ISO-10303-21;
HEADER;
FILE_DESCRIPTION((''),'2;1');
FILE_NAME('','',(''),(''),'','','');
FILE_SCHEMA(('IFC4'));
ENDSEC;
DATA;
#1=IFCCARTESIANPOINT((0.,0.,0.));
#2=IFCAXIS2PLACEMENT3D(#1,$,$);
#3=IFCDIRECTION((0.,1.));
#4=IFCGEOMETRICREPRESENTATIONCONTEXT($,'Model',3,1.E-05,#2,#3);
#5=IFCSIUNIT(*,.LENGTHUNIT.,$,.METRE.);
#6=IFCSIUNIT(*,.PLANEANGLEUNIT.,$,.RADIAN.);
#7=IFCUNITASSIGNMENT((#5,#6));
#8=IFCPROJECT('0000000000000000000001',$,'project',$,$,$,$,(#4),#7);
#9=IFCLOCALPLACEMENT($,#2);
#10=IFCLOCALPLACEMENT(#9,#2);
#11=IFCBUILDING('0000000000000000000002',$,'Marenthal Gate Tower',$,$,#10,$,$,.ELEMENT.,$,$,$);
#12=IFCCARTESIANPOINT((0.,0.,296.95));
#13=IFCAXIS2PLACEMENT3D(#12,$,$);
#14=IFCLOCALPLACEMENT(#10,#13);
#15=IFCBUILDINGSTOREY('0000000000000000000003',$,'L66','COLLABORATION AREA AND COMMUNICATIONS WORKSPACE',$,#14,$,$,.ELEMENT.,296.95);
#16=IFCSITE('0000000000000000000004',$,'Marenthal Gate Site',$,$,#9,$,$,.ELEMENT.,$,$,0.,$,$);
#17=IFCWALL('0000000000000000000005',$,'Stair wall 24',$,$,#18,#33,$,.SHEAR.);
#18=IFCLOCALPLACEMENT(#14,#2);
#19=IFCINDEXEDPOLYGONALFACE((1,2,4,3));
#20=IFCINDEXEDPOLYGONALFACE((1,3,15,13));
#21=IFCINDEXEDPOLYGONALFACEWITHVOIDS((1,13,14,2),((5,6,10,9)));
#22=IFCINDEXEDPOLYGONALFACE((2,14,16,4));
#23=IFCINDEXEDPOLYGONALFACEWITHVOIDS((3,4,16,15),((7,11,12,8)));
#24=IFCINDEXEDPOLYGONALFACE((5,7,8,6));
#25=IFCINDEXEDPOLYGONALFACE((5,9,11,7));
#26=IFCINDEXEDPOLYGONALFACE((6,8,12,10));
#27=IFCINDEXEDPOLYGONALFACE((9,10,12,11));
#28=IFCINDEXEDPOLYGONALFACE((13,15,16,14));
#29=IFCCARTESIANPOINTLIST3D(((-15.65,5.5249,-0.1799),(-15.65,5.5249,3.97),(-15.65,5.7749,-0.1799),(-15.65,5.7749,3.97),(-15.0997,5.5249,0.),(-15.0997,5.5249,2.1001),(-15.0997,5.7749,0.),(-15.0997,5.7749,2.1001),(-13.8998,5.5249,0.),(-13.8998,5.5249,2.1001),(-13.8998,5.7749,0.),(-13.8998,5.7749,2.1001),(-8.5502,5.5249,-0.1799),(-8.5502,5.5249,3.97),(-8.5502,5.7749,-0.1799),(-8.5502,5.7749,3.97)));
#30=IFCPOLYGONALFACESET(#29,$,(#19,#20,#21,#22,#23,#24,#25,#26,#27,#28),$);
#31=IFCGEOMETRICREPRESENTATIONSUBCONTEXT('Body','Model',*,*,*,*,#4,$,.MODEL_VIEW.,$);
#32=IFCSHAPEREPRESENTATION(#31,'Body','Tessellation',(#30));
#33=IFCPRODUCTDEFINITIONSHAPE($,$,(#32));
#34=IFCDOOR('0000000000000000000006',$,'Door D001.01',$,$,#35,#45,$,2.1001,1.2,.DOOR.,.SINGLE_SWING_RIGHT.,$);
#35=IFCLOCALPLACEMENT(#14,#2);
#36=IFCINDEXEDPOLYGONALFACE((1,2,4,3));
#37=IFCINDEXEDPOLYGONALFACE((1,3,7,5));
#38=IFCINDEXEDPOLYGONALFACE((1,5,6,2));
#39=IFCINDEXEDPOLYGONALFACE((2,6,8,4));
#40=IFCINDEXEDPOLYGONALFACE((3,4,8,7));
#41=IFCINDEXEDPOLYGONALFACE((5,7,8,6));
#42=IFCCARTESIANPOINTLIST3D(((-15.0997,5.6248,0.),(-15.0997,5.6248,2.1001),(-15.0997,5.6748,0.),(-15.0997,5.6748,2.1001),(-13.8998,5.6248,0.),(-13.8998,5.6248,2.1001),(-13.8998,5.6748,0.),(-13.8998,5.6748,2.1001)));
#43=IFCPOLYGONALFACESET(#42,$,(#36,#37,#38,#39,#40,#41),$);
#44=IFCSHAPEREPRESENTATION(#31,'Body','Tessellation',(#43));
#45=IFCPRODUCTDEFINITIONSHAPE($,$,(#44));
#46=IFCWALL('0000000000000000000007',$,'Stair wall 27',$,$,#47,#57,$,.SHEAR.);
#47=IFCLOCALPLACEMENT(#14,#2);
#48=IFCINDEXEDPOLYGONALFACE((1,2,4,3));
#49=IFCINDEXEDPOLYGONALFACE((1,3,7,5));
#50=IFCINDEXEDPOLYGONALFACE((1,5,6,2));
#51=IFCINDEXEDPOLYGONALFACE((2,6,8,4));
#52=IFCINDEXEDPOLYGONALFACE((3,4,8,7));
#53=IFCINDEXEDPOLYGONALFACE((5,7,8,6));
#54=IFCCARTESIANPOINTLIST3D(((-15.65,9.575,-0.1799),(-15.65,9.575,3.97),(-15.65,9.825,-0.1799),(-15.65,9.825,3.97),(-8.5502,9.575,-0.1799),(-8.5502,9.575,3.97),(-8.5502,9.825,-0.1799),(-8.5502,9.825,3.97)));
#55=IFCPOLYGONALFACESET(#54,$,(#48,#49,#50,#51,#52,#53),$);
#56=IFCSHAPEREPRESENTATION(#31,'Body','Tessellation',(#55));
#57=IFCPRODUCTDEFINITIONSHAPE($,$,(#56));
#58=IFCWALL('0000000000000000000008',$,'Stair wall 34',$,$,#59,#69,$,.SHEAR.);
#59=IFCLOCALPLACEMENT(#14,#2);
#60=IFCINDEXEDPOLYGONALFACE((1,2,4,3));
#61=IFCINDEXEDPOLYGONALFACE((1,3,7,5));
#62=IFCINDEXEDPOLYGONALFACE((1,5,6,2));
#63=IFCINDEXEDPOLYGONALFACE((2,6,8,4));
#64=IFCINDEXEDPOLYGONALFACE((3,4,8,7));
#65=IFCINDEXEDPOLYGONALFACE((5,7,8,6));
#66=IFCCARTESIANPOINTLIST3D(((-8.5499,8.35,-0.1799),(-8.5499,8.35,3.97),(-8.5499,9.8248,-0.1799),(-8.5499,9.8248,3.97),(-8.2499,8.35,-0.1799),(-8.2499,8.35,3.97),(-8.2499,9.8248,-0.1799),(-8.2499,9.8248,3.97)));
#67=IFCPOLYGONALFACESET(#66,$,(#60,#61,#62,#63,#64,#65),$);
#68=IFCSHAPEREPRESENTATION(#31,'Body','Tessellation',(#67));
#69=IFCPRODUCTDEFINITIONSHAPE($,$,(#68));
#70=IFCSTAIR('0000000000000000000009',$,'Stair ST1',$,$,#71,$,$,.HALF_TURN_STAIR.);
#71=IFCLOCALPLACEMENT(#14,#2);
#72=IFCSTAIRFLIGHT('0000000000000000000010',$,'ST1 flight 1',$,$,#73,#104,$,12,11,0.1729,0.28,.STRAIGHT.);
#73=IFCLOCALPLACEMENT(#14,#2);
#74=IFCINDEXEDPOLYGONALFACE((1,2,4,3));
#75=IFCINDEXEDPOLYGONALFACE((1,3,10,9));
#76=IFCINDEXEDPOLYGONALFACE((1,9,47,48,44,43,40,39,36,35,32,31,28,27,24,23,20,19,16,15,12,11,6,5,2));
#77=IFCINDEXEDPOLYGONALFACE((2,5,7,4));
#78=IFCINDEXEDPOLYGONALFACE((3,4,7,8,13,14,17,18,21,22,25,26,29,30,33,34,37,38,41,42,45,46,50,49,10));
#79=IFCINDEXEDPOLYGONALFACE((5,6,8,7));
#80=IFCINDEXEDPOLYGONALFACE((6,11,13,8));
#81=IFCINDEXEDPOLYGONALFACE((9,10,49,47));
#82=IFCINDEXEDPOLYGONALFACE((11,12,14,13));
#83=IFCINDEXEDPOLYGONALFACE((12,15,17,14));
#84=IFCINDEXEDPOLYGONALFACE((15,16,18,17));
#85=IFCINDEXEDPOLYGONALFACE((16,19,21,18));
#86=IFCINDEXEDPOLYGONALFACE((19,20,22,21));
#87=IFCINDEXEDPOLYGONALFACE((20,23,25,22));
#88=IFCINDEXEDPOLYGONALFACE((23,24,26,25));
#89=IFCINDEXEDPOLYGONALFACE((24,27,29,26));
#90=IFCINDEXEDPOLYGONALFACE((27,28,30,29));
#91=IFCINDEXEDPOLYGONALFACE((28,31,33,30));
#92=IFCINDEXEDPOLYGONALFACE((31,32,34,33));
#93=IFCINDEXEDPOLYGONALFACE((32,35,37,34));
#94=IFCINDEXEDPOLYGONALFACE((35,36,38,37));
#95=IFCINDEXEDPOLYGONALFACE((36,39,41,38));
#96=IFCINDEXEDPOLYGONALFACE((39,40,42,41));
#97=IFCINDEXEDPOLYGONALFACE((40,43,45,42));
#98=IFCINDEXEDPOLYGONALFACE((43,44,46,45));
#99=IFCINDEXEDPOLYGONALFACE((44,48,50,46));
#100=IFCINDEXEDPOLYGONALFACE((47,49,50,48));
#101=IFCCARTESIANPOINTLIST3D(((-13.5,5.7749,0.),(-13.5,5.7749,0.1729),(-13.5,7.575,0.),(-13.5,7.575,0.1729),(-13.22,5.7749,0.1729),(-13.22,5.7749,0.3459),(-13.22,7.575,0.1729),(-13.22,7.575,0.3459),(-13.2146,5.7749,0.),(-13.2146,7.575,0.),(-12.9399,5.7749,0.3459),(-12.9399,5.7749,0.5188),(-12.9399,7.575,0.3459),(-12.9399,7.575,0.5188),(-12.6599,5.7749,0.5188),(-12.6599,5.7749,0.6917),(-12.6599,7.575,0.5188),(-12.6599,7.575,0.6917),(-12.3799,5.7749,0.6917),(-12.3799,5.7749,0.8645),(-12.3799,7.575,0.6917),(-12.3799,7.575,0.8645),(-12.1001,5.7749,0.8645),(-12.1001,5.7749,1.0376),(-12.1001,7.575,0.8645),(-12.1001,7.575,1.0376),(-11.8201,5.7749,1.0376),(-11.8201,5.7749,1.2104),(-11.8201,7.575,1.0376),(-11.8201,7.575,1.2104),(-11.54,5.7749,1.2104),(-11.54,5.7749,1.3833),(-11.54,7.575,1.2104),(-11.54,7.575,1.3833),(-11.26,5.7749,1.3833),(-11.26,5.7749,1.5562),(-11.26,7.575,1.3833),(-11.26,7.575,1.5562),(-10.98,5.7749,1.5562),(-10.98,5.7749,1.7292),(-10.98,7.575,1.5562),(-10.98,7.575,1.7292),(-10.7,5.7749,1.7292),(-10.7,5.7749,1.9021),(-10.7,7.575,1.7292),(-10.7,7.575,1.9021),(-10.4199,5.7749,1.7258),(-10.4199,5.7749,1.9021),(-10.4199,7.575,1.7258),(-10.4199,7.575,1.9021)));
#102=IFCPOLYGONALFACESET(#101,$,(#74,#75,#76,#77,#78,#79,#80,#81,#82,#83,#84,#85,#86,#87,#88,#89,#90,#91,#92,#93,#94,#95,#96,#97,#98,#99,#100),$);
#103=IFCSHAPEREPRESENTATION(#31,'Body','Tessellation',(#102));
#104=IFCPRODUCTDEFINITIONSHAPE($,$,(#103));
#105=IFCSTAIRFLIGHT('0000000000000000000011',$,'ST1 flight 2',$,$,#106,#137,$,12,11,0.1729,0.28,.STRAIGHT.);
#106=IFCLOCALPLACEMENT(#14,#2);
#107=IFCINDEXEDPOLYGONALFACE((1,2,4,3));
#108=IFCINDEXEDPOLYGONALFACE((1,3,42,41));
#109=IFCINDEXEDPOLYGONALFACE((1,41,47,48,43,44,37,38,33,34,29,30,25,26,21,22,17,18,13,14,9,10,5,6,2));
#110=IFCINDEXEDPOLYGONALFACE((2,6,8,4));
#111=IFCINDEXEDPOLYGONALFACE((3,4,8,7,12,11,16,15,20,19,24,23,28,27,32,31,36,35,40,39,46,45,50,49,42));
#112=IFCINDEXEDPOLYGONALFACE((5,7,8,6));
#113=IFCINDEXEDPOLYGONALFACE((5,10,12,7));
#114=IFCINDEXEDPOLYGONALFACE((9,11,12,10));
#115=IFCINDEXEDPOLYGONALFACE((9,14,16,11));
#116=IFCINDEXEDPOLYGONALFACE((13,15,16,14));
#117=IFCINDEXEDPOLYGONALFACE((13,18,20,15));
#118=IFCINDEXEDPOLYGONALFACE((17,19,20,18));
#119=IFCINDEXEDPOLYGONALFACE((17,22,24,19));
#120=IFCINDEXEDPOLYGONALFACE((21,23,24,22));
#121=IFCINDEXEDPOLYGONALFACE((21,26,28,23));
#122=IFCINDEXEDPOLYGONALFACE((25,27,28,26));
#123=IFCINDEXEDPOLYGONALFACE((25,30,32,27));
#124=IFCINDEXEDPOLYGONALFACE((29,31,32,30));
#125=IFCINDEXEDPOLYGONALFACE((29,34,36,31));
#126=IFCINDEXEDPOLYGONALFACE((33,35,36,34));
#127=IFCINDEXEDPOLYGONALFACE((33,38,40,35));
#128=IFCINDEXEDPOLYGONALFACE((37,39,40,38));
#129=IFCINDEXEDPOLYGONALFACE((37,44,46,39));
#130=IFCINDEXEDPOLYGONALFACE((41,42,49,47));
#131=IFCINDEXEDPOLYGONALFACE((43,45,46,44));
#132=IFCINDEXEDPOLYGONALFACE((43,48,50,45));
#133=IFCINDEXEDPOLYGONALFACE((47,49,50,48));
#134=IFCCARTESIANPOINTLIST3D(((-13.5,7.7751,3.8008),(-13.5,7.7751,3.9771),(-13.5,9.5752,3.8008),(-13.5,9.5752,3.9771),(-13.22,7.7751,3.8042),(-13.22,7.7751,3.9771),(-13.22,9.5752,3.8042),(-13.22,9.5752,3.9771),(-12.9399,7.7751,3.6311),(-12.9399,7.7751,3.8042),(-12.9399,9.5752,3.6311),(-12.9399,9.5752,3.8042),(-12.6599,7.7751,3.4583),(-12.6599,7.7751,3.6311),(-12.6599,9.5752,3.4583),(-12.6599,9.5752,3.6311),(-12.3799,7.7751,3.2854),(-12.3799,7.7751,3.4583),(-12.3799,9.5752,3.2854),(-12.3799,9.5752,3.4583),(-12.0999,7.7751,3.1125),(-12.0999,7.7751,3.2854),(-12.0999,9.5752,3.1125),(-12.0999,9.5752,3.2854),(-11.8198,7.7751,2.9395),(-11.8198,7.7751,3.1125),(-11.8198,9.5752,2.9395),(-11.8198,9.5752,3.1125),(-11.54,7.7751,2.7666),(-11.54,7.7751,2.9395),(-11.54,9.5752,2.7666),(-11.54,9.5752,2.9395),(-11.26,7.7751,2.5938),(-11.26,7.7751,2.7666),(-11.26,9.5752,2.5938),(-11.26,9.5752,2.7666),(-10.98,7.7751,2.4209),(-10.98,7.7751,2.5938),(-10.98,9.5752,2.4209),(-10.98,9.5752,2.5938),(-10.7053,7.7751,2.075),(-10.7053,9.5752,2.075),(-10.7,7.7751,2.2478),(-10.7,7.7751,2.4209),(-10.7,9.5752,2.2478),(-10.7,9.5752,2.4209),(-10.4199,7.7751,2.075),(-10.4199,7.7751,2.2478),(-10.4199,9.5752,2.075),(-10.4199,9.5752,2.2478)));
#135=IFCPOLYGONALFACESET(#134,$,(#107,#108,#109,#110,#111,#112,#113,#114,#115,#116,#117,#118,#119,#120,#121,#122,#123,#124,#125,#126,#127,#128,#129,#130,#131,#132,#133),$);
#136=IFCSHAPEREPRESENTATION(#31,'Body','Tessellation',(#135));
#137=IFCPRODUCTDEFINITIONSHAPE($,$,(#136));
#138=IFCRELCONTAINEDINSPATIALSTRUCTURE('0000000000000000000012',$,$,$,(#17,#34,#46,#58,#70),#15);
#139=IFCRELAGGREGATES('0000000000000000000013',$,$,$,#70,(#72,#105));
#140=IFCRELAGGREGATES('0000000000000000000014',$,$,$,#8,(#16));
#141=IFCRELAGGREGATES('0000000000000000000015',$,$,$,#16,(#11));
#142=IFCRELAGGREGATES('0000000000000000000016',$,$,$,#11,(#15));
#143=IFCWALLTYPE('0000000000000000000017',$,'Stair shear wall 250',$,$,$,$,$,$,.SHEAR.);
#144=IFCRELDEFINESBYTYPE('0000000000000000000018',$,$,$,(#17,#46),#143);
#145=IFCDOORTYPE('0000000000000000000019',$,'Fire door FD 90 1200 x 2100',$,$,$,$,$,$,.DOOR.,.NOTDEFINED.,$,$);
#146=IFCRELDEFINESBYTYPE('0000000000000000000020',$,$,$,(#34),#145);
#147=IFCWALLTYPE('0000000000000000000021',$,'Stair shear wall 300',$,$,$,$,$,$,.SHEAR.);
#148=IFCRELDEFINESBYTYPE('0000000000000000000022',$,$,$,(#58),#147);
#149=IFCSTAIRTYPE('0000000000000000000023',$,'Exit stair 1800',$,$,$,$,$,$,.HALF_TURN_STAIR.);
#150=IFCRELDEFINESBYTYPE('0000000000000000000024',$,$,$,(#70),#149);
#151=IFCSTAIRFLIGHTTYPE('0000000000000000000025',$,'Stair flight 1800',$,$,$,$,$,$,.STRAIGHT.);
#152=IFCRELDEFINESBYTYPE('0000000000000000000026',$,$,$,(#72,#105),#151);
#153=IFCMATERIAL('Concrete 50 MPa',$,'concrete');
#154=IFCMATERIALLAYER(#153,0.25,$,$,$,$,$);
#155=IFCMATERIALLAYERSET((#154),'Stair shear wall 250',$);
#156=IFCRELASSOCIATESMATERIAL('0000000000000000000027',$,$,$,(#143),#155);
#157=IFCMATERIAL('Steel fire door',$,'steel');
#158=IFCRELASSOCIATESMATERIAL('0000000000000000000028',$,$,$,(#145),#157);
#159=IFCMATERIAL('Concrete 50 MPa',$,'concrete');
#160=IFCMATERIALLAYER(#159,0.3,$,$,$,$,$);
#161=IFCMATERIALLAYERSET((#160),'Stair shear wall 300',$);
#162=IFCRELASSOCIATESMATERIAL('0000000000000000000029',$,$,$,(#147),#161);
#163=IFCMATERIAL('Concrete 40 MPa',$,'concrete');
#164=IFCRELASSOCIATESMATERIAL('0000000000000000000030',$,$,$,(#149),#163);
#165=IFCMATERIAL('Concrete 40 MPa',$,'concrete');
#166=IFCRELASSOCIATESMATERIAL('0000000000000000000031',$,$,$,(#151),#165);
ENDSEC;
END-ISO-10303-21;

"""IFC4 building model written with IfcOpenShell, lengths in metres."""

from ifc_helpers import new_model, si_unit, direction, frame, frame_2d, origin, place, context, subcontext, project, spatial, polyline, rectangle, outline, extrude, material, layer, layer_set, type_object, element, fill, aggregate, save


model = new_model("IFC4")

# Units and contexts
model_context = context("Model", 3, precision=1e-05, world=origin(), true_north=direction((0.0, 1.0)))
body_context = subcontext(model_context, "Body", "Model", "MODEL_VIEW")
ifc_project = project(units=[si_unit("LENGTHUNIT", "METRE"), si_unit("PLANEANGLEUNIT", "RADIAN")], contexts=[model_context])

# Site, building, storey
site_placement = place(None, origin())
site = spatial("IfcSite", under=ifc_project, at=site_placement, Name="Marenthal Gate Site", CompositionType="ELEMENT", RefElevation=0.0)
building_placement = place(site_placement, origin())
building = spatial("IfcBuilding", under=site, at=building_placement, Name="Marenthal Gate Tower", CompositionType="ELEMENT")
storey_placement = place(building_placement, frame((0.0, 0.0, 296.95)))
storey = spatial("IfcBuildingStorey", under=building, at=storey_placement, Name="L66", Description="COLLABORATION AREA AND COMMUNICATIONS WORKSPACE", CompositionType="ELEMENT", Elevation=296.95)

# Wall, opening, door
ifc_material_1 = material(Name="Concrete 50 MPa", Category="concrete")
ifc_layer_1 = layer(ifc_material_1, 0.25)
ifc_layer_set_1 = layer_set([ifc_layer_1], Name="Stair shear wall 250")
wall_type_1 = type_object("IfcWallType", Name="Stair shear wall 250", PredefinedType="SHEAR", material=ifc_layer_set_1)
wall_1_placement = place(storey_placement, frame((-15.6499, 5.6499, -0.1799), z_axis=(0.0, 0.0, 1.0), x_axis=(1.0, 0.0, 0.0)))
wall_1 = element("IfcWall", 1, at=wall_1_placement, inside=storey, type_object=wall_type_1, Name="Stair wall 24", PredefinedType="SHEAR", context=body_context, shape_type="SweptSolid", body=[
    extrude(rectangle(XDim=7.0999, YDim=0.25, at=frame_2d((3.5498, 0.0))), origin(), (0.0, 0.0, 1.0), 4.1499),
])
opening_1_placement = place(wall_1_placement, frame((0.55, 0.0, 0.1799)))
opening_1 = element("IfcOpeningElement", 2, at=opening_1_placement, cuts=wall_1, PredefinedType="OPENING", context=body_context, shape_type="SweptSolid", body=[
    extrude(rectangle(XDim=1.2, YDim=2.1001, at=frame_2d((0.6001, 1.05))), frame((0.0, 0.135, 0.0), z_axis=(0.0, -1.0, 0.0), x_axis=(1.0, 0.0, 0.0)), (0.0, 0.0, 1.0), 0.27),
])
ifc_material_2 = material(Name="Steel fire door", Category="steel")
door_type_1 = type_object("IfcDoorType", Name="Fire door FD 90 1200 x 2100", OperationType="NOTDEFINED", PredefinedType="DOOR", material=ifc_material_2)
door_1_placement = place(opening_1_placement, origin())
door_1 = element("IfcDoor", 3, at=door_1_placement, inside=storey, type_object=door_type_1, Name="Door D001.01", OperationType="SINGLE_SWING_RIGHT", OverallHeight=2.1001, OverallWidth=1.2, PredefinedType="DOOR", context=body_context, shape_type="SweptSolid", body=[
    extrude(rectangle(XDim=1.2, YDim=2.1001, at=frame_2d((0.6001, 1.05))), frame((0.0, 0.0249, 0.0), z_axis=(0.0, -1.0, 0.0), x_axis=(1.0, 0.0, 0.0)), (0.0, 0.0, 1.0), 0.05),
])
fill(opening_1, door_1)

# Walls
wall_2_placement = place(storey_placement, frame((-15.6499, 9.7, -0.1799), z_axis=(0.0, 0.0, 1.0), x_axis=(1.0, 0.0, 0.0)))
element("IfcWall", 4, at=wall_2_placement, inside=storey, type_object=wall_type_1, Name="Stair wall 27", PredefinedType="SHEAR", context=body_context, shape_type="SweptSolid", body=[
    extrude(rectangle(XDim=7.0999, YDim=0.25, at=frame_2d((3.5498, 0.0))), origin(), (0.0, 0.0, 1.0), 4.1499),
])
ifc_material_3 = material(Name="Concrete 50 MPa", Category="concrete")
ifc_layer_2 = layer(ifc_material_3, 0.3)
ifc_layer_set_2 = layer_set([ifc_layer_2], Name="Stair shear wall 300")
wall_type_2 = type_object("IfcWallType", Name="Stair shear wall 300", PredefinedType="SHEAR", material=ifc_layer_set_2)
wall_3_placement = place(storey_placement, frame((-8.3999, 8.3501, -0.1799), z_axis=(0.0, 0.0, 1.0), x_axis=(0.0, 1.0, 0.0)))
element("IfcWall", 5, at=wall_3_placement, inside=storey, type_object=wall_type_2, Name="Stair wall 34", PredefinedType="SHEAR", context=body_context, shape_type="SweptSolid", body=[
    extrude(rectangle(XDim=1.4749, YDim=0.3, at=frame_2d((0.7373, 0.0))), origin(), (0.0, 0.0, 1.0), 4.1499),
])

# Stair, stair flights
ifc_material_4 = material(Name="Concrete 40 MPa", Category="concrete")
stair_type = type_object("IfcStairType", Name="Exit stair 1800", PredefinedType="HALF_TURN_STAIR", material=ifc_material_4)
stair_placement = place(storey_placement, origin())
stair = element("IfcStair", 6, at=stair_placement, inside=storey, type_object=stair_type, Name="Stair ST1", PredefinedType="HALF_TURN_STAIR")
ifc_material_5 = material(Name="Concrete 40 MPa", Category="concrete")
stair_flight_type = type_object("IfcStairFlightType", Name="Stair flight 1800", PredefinedType="STRAIGHT", material=ifc_material_5)
stair_flight_1_placement = place(storey_placement, frame((-13.5, 6.675, 0.0), z_axis=(0.0, 0.0, 1.0), x_axis=(1.0, 0.0, 0.0)))
stair_flight_1 = element("IfcStairFlight", 7, at=stair_flight_1_placement, type_object=stair_flight_type, Name="ST1 flight 1", NumberOfRisers=12, NumberOfTreads=11, PredefinedType="STRAIGHT", RiserHeight=0.1729, TreadLength=0.28, context=body_context, shape_type="SweptSolid", body=[
    extrude(outline(polyline([(0.0, 0.0), (0.0, 0.1729), (0.28, 0.1729), (0.28, 0.3459), (0.5601, 0.3459), (0.5601, 0.5188), (0.8401, 0.5188), (0.8401, 0.6917), (1.1201, 0.6917), (1.1201, 0.8645), (1.3999, 0.8645), (1.3999, 1.0376), (1.6799, 1.0376), (1.6799, 1.2104), (1.96, 1.2104), (1.96, 1.3833), (2.24, 1.3833), (2.24, 1.5562), (2.52, 1.5562), (2.52, 1.7292), (2.8, 1.7292), (2.8, 1.9021), (3.0801, 1.9021), (3.0801, 2.075), (3.0801, 1.7258), (0.2854, 0.0), (0.0, 0.0)])), frame((0.0, 0.8999, 0.0), z_axis=(0.0, -1.0, 0.0), x_axis=(1.0, 0.0, 0.0)), (0.0, 0.0, 1.0), 1.8),
])
stair_flight_2_placement = place(storey_placement, frame((-10.4199, 8.675, 2.075), z_axis=(0.0, 0.0, 1.0), x_axis=(-1.0, 0.0, 0.0)))
stair_flight_2 = element("IfcStairFlight", 8, at=stair_flight_2_placement, type_object=stair_flight_type, Name="ST1 flight 2", NumberOfRisers=12, NumberOfTreads=11, PredefinedType="STRAIGHT", RiserHeight=0.1729, TreadLength=0.28, context=body_context, shape_type="SweptSolid", body=[
    extrude(outline(polyline([(0.0, 0.0), (0.0, 0.1729), (0.28, 0.1729), (0.28, 0.3459), (0.5601, 0.3459), (0.5601, 0.5188), (0.8401, 0.5188), (0.8401, 0.6917), (1.1201, 0.6917), (1.1201, 0.8645), (1.3999, 0.8645), (1.3999, 1.0376), (1.6799, 1.0376), (1.6799, 1.2104), (1.96, 1.2104), (1.96, 1.3833), (2.24, 1.3833), (2.24, 1.5562), (2.52, 1.5562), (2.52, 1.7292), (2.8, 1.7292), (2.8, 1.9021), (3.0801, 1.9021), (3.0801, 2.075), (3.0801, 1.7258), (0.2854, 0.0), (0.0, 0.0)])), frame((0.0, 0.8999, 0.0), z_axis=(0.0, -1.0, 0.0), x_axis=(1.0, 0.0, 0.0)), (0.0, 0.0, 1.0), 1.8),
])
aggregate(stair, [stair_flight_1, stair_flight_2])

save(model, "model.ifc")
